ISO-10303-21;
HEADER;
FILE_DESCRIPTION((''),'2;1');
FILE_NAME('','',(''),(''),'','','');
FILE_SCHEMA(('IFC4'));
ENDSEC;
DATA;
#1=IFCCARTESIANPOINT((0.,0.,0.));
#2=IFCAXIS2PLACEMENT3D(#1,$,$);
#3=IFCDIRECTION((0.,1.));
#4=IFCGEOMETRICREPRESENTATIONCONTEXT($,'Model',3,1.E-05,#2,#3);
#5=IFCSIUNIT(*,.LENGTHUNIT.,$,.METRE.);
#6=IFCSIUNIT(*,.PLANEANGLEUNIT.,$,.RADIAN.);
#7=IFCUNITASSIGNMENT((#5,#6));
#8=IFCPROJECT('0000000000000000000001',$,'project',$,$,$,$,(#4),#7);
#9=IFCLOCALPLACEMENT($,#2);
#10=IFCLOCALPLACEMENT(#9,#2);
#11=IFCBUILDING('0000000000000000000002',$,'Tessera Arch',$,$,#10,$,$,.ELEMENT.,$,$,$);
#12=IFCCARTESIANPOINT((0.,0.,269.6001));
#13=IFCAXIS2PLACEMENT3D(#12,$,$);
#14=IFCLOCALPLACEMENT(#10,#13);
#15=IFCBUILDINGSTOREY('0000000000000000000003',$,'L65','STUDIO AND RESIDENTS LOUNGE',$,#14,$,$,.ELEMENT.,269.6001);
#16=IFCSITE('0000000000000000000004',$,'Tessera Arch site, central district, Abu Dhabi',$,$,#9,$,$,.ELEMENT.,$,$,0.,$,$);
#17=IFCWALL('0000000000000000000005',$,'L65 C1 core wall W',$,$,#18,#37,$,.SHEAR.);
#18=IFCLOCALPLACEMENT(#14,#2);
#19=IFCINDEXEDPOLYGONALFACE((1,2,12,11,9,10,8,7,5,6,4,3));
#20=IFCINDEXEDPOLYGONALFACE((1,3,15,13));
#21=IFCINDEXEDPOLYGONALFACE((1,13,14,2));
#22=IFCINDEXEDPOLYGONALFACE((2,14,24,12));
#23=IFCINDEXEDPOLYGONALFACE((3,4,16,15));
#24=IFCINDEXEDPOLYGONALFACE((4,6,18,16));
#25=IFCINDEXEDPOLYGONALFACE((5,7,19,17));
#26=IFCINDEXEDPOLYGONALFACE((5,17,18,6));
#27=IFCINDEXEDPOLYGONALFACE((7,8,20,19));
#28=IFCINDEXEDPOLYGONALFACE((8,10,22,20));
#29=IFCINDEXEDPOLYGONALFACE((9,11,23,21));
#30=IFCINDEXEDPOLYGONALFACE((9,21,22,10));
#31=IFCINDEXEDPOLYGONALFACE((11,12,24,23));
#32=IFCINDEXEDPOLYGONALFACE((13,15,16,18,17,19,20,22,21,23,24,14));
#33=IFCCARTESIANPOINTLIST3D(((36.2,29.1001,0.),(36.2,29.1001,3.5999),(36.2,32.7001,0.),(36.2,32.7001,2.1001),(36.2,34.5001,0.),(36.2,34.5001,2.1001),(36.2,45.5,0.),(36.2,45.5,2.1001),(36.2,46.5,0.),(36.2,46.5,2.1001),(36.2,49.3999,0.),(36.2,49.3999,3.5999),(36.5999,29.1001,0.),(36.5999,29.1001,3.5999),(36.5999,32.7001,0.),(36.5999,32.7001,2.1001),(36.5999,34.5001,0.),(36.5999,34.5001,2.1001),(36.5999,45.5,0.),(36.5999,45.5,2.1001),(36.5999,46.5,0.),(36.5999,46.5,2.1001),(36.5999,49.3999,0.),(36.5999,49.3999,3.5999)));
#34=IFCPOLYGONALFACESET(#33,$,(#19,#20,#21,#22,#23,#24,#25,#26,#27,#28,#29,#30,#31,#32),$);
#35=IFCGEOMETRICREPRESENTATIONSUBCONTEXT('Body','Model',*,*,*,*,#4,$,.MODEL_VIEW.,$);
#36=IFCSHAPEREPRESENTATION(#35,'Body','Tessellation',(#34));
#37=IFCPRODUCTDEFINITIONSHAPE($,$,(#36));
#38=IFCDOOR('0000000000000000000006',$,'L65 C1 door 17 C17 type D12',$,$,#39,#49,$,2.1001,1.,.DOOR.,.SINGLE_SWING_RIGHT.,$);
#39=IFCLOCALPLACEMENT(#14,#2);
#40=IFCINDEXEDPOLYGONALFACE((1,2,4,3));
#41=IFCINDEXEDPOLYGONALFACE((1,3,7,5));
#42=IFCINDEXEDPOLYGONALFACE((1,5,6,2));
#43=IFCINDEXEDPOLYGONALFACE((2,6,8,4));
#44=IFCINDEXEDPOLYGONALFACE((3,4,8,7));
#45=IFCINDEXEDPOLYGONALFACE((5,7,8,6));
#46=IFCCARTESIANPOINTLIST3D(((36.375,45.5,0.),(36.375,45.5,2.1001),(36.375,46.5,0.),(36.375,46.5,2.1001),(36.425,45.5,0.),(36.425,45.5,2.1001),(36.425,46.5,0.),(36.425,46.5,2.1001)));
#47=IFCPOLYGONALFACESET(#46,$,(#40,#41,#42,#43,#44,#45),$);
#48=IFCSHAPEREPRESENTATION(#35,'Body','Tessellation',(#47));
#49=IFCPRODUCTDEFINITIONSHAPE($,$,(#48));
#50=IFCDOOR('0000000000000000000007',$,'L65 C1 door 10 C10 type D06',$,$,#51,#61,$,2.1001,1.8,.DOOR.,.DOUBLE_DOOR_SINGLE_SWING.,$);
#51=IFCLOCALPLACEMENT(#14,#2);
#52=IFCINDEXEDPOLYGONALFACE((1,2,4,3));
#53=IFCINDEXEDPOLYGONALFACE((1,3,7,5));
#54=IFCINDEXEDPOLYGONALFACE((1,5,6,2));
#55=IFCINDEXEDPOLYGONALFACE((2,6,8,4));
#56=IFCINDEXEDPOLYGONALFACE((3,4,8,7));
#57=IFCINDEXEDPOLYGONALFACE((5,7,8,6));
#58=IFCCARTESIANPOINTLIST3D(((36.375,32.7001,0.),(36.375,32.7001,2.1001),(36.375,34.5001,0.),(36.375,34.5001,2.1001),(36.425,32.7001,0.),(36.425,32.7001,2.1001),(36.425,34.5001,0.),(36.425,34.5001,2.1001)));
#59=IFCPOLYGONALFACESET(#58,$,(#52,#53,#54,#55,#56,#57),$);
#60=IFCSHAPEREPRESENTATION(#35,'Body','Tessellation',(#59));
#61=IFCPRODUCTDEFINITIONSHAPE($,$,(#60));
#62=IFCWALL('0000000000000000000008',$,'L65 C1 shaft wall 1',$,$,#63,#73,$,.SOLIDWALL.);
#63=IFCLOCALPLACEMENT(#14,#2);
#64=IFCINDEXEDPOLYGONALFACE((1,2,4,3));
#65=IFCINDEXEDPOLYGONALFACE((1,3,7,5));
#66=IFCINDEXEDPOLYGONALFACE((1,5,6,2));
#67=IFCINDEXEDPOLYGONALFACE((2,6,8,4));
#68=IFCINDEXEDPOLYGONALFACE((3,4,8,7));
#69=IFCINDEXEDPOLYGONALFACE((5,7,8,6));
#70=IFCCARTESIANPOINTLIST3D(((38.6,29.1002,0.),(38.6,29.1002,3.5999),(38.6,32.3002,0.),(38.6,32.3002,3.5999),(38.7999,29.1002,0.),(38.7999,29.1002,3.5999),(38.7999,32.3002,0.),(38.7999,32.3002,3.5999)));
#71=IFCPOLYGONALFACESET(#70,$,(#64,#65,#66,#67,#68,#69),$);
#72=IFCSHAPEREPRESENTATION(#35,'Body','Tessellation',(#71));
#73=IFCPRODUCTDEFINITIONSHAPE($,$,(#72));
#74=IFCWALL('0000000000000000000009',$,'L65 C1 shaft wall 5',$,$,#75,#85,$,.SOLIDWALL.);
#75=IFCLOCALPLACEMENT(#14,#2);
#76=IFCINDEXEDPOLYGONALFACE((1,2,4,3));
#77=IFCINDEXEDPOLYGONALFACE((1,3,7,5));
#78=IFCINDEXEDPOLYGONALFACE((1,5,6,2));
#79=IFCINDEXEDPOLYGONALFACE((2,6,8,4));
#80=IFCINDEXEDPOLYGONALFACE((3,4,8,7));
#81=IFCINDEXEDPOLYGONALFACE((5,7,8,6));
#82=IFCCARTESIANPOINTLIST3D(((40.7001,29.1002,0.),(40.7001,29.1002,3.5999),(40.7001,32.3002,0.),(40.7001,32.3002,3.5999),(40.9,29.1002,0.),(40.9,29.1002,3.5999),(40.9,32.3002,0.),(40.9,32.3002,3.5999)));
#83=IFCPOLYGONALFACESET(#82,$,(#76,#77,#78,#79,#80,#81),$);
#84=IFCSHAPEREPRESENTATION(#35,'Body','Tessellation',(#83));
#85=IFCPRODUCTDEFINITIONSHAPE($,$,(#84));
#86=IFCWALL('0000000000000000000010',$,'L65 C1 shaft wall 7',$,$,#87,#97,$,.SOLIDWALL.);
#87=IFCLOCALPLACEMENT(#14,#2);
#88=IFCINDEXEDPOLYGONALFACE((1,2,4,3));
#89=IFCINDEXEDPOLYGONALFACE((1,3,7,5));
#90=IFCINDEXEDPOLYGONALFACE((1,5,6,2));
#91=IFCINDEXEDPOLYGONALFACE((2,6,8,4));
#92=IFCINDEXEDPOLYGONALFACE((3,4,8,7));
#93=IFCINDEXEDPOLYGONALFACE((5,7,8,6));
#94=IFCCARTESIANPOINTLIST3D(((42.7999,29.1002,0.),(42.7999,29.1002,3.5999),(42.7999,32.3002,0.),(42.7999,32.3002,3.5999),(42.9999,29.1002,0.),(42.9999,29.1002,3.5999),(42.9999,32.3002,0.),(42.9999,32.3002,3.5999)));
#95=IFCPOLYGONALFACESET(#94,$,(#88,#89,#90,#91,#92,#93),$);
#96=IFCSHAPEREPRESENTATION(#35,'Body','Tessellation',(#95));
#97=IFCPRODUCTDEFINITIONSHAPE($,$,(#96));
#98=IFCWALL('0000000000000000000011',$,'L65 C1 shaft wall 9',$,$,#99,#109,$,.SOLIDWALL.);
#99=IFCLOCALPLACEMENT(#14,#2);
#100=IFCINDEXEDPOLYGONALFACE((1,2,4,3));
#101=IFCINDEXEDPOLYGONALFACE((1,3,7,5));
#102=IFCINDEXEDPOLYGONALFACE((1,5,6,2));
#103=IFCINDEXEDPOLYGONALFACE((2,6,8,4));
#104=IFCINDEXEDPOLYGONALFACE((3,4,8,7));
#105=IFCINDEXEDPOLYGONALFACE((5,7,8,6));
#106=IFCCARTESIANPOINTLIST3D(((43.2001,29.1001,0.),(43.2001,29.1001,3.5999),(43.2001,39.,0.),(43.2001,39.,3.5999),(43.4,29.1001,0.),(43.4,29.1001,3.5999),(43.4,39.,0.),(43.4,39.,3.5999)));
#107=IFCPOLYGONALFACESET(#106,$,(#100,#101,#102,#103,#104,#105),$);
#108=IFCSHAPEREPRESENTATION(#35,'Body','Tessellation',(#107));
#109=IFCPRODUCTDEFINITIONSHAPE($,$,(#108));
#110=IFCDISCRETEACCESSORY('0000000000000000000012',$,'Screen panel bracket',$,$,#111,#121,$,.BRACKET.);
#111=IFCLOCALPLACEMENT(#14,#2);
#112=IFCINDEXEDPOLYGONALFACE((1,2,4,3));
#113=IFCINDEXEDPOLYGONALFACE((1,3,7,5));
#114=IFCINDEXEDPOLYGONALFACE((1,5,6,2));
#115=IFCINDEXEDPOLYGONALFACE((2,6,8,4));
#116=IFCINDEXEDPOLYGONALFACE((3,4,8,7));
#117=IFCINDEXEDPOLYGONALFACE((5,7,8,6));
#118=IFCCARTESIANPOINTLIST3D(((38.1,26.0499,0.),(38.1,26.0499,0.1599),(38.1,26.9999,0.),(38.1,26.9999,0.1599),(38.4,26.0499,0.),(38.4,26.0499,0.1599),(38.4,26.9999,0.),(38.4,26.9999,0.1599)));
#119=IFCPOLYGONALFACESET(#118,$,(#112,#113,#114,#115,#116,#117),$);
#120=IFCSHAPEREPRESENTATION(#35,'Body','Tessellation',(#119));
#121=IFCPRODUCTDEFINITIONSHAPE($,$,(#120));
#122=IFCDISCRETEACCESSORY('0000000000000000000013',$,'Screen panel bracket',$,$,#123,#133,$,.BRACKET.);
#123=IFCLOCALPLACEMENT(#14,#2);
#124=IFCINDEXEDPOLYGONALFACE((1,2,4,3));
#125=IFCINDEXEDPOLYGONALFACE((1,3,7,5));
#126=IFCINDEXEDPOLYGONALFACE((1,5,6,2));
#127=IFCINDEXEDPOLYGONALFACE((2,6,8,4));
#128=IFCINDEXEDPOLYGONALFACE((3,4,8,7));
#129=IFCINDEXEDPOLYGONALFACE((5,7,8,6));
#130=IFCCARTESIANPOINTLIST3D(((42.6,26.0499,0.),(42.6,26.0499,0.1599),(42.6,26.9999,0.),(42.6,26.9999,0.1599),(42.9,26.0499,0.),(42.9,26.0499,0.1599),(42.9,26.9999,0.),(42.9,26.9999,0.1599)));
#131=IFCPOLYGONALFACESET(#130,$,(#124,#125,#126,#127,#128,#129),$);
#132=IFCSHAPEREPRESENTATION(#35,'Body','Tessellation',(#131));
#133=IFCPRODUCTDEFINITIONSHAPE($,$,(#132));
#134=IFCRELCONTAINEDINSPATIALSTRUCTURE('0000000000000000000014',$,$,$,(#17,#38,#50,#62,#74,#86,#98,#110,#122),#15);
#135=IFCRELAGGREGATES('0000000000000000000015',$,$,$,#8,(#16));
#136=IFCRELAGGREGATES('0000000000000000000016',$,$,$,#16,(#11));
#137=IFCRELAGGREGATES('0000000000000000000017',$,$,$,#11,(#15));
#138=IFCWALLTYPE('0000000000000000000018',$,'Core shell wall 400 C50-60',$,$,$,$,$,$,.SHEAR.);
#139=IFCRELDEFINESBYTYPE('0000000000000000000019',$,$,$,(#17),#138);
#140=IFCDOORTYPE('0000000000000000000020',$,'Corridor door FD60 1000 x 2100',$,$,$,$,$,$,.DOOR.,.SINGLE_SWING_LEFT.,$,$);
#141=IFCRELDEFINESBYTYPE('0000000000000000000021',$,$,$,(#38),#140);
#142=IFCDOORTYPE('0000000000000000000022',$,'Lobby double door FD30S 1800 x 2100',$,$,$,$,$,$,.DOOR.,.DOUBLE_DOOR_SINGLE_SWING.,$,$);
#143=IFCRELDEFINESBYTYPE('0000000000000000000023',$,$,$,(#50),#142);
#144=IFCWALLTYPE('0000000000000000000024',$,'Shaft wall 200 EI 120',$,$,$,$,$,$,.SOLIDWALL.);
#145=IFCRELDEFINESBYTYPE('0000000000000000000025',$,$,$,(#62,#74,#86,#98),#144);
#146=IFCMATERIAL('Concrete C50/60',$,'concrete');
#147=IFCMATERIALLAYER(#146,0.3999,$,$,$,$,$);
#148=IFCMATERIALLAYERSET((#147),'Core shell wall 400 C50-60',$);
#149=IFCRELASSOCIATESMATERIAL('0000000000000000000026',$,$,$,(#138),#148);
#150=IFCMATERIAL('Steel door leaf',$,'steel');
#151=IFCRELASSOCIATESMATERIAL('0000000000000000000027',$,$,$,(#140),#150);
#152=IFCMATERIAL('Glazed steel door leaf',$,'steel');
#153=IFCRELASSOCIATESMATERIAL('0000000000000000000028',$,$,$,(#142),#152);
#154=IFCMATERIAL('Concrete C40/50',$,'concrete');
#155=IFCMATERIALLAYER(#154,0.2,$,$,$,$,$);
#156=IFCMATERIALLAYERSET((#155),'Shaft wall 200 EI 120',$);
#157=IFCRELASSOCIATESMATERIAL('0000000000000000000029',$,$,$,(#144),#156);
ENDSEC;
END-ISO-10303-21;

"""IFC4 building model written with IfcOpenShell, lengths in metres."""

from ifc_helpers import new_model, si_unit, direction, frame, frame_2d, origin, origin_2d, place, context, subcontext, project, spatial, rectangle, extrude, material, layer, layer_set, type_object, element, fill, save


model = new_model("IFC4")

# Units and contexts
model_context = context("Model", 3, precision=1e-05, world=origin(), true_north=direction((0.0, 1.0)))
body_context = subcontext(model_context, "Body", "Model", "MODEL_VIEW")
ifc_project = project(units=[si_unit("LENGTHUNIT", "METRE"), si_unit("PLANEANGLEUNIT", "RADIAN")], contexts=[model_context])

# Site, building, storey
site_placement = place(None, origin())
site = spatial("IfcSite", under=ifc_project, at=site_placement, Name="Tessera Arch site, central district, Abu Dhabi", CompositionType="ELEMENT", RefElevation=0.0)
building_placement = place(site_placement, origin())
building = spatial("IfcBuilding", under=site, at=building_placement, Name="Tessera Arch", CompositionType="ELEMENT")
storey_placement = place(building_placement, frame((0.0, 0.0, 269.6001)))
storey = spatial("IfcBuildingStorey", under=building, at=storey_placement, Name="L65", Description="STUDIO AND RESIDENTS LOUNGE", CompositionType="ELEMENT", Elevation=269.6001)

# Wall, openings, doors
ifc_material_1 = material(Name="Concrete C50/60", Category="concrete")
ifc_layer_1 = layer(ifc_material_1, 0.3999)
ifc_layer_set_1 = layer_set([ifc_layer_1], Name="Core shell wall 400 C50-60")
wall_type_1 = type_object("IfcWallType", Name="Core shell wall 400 C50-60", PredefinedType="SHEAR", material=ifc_layer_set_1)
wall_1_placement = place(storey_placement, frame((36.3999, 29.1001, 0.0), z_axis=(0.0, 0.0, 1.0), x_axis=(0.0, 1.0, 0.0)))
wall_1 = element("IfcWall", 1, at=wall_1_placement, inside=storey, type_object=wall_type_1, Name="L65 C1 core wall W", PredefinedType="SHEAR", context=body_context, shape_type="SweptSolid", body=[
    extrude(rectangle(XDim=20.2998, YDim=0.3999, at=frame_2d((10.1499, 0.0))), origin(), (0.0, 0.0, 1.0), 3.5999),
])
opening_1_placement = place(wall_1_placement, frame((3.6001, 0.0, 0.0)))
opening_1 = element("IfcOpeningElement", 2, at=opening_1_placement, cuts=wall_1, PredefinedType="OPENING", context=body_context, shape_type="SweptSolid", body=[
    extrude(rectangle(XDim=1.8, YDim=2.1001, at=frame_2d((0.8999, 1.05))), frame((0.0, 0.21, 0.0), z_axis=(0.0, -1.0, 0.0), x_axis=(1.0, 0.0, 0.0)), (0.0, 0.0, 1.0), 0.4199),
])
opening_2_placement = place(wall_1_placement, frame((16.3999, 0.0, 0.0)))
opening_2 = element("IfcOpeningElement", 3, at=opening_2_placement, cuts=wall_1, PredefinedType="OPENING", context=body_context, shape_type="SweptSolid", body=[
    extrude(rectangle(XDim=1.0, YDim=2.1001, at=frame_2d((0.5, 1.05))), frame((0.0, 0.21, 0.0), z_axis=(0.0, -1.0, 0.0), x_axis=(1.0, 0.0, 0.0)), (0.0, 0.0, 1.0), 0.4199),
])
ifc_material_2 = material(Name="Steel door leaf", Category="steel")
door_type_1 = type_object("IfcDoorType", Name="Corridor door FD60 1000 x 2100", OperationType="SINGLE_SWING_LEFT", PredefinedType="DOOR", material=ifc_material_2)
door_1_placement = place(opening_2_placement, origin())
door_1 = element("IfcDoor", 4, at=door_1_placement, inside=storey, type_object=door_type_1, Name="L65 C1 door 17 C17 type D12", OperationType="SINGLE_SWING_RIGHT", OverallHeight=2.1001, OverallWidth=1.0, PredefinedType="DOOR", context=body_context, shape_type="SweptSolid", body=[
    extrude(rectangle(XDim=1.0, YDim=2.1001, at=frame_2d((0.5, 1.05))), frame((0.0, 0.0249, 0.0), z_axis=(0.0, -1.0, 0.0), x_axis=(1.0, 0.0, 0.0)), (0.0, 0.0, 1.0), 0.05),
])
fill(opening_2, door_1)
ifc_material_3 = material(Name="Glazed steel door leaf", Category="steel")
door_type_2 = type_object("IfcDoorType", Name="Lobby double door FD30S 1800 x 2100", OperationType="DOUBLE_DOOR_SINGLE_SWING", PredefinedType="DOOR", material=ifc_material_3)
door_2_placement = place(opening_1_placement, origin())
door_2 = element("IfcDoor", 5, at=door_2_placement, inside=storey, type_object=door_type_2, Name="L65 C1 door 10 C10 type D06", OperationType="DOUBLE_DOOR_SINGLE_SWING", OverallHeight=2.1001, OverallWidth=1.8, PredefinedType="DOOR", context=body_context, shape_type="SweptSolid", body=[
    extrude(rectangle(XDim=1.8, YDim=2.1001, at=frame_2d((0.8999, 1.05))), frame((0.0, 0.0249, 0.0), z_axis=(0.0, -1.0, 0.0), x_axis=(1.0, 0.0, 0.0)), (0.0, 0.0, 1.0), 0.05),
])
fill(opening_1, door_2)

# Walls
ifc_material_4 = material(Name="Concrete C40/50", Category="concrete")
ifc_layer_2 = layer(ifc_material_4, 0.2)
ifc_layer_set_2 = layer_set([ifc_layer_2], Name="Shaft wall 200 EI 120")
wall_type_2 = type_object("IfcWallType", Name="Shaft wall 200 EI 120", PredefinedType="SOLIDWALL", material=ifc_layer_set_2)
for number, where, z_axis, x_axis, name in (
    (6, (38.7, 29.1001, 0.0), (0.0, 0.0, 1.0), (0.0, 1.0, 0.0), "L65 C1 shaft wall 1"),
    (7, (40.8, 29.1001, 0.0), (0.0, 0.0, 1.0), (0.0, 1.0, 0.0), "L65 C1 shaft wall 5"),
    (8, (42.8999, 29.1001, 0.0), (0.0, 0.0, 1.0), (0.0, 1.0, 0.0), "L65 C1 shaft wall 7"),
):
    element("IfcWall", number, at=place(storey_placement, frame(where, z_axis=z_axis, x_axis=x_axis)), inside=storey, type_object=wall_type_2, Name=name, PredefinedType="SOLIDWALL", context=body_context, shape_type="SweptSolid", body=[
        extrude(rectangle(XDim=3.2, YDim=0.2, at=frame_2d((1.6001, 0.0))), origin(), (0.0, 0.0, 1.0), 3.5999),
    ])
wall_2_placement = place(storey_placement, frame((43.3, 29.1001, 0.0), z_axis=(0.0, 0.0, 1.0), x_axis=(0.0, 1.0, 0.0)))
element("IfcWall", 9, at=wall_2_placement, inside=storey, type_object=wall_type_2, Name="L65 C1 shaft wall 9", PredefinedType="SOLIDWALL", context=body_context, shape_type="SweptSolid", body=[
    extrude(rectangle(XDim=9.8999, YDim=0.2, at=frame_2d((4.95, 0.0))), origin(), (0.0, 0.0, 1.0), 3.5999),
])

# Discrete accessories
for number, where, z_axis, x_axis, name in (
    (10, (38.25, 26.5249, 0.0), (0.0, 0.0, 1.0), (0.0, -1.0, 0.0), "Screen panel bracket"),
    (11, (42.75, 26.5249, 0.0), (0.0, 0.0, 1.0), (0.0, -1.0, 0.0), "Screen panel bracket"),
):
    element("IfcDiscreteAccessory", number, at=place(storey_placement, frame(where, z_axis=z_axis, x_axis=x_axis)), inside=storey, Name=name, PredefinedType="BRACKET", context=body_context, shape_type="SweptSolid", body=[
        extrude(rectangle(XDim=0.95, YDim=0.3, at=origin_2d()), origin(), (0.0, 0.0, 1.0), 0.1599),
    ])

save(model, "model.ifc")
